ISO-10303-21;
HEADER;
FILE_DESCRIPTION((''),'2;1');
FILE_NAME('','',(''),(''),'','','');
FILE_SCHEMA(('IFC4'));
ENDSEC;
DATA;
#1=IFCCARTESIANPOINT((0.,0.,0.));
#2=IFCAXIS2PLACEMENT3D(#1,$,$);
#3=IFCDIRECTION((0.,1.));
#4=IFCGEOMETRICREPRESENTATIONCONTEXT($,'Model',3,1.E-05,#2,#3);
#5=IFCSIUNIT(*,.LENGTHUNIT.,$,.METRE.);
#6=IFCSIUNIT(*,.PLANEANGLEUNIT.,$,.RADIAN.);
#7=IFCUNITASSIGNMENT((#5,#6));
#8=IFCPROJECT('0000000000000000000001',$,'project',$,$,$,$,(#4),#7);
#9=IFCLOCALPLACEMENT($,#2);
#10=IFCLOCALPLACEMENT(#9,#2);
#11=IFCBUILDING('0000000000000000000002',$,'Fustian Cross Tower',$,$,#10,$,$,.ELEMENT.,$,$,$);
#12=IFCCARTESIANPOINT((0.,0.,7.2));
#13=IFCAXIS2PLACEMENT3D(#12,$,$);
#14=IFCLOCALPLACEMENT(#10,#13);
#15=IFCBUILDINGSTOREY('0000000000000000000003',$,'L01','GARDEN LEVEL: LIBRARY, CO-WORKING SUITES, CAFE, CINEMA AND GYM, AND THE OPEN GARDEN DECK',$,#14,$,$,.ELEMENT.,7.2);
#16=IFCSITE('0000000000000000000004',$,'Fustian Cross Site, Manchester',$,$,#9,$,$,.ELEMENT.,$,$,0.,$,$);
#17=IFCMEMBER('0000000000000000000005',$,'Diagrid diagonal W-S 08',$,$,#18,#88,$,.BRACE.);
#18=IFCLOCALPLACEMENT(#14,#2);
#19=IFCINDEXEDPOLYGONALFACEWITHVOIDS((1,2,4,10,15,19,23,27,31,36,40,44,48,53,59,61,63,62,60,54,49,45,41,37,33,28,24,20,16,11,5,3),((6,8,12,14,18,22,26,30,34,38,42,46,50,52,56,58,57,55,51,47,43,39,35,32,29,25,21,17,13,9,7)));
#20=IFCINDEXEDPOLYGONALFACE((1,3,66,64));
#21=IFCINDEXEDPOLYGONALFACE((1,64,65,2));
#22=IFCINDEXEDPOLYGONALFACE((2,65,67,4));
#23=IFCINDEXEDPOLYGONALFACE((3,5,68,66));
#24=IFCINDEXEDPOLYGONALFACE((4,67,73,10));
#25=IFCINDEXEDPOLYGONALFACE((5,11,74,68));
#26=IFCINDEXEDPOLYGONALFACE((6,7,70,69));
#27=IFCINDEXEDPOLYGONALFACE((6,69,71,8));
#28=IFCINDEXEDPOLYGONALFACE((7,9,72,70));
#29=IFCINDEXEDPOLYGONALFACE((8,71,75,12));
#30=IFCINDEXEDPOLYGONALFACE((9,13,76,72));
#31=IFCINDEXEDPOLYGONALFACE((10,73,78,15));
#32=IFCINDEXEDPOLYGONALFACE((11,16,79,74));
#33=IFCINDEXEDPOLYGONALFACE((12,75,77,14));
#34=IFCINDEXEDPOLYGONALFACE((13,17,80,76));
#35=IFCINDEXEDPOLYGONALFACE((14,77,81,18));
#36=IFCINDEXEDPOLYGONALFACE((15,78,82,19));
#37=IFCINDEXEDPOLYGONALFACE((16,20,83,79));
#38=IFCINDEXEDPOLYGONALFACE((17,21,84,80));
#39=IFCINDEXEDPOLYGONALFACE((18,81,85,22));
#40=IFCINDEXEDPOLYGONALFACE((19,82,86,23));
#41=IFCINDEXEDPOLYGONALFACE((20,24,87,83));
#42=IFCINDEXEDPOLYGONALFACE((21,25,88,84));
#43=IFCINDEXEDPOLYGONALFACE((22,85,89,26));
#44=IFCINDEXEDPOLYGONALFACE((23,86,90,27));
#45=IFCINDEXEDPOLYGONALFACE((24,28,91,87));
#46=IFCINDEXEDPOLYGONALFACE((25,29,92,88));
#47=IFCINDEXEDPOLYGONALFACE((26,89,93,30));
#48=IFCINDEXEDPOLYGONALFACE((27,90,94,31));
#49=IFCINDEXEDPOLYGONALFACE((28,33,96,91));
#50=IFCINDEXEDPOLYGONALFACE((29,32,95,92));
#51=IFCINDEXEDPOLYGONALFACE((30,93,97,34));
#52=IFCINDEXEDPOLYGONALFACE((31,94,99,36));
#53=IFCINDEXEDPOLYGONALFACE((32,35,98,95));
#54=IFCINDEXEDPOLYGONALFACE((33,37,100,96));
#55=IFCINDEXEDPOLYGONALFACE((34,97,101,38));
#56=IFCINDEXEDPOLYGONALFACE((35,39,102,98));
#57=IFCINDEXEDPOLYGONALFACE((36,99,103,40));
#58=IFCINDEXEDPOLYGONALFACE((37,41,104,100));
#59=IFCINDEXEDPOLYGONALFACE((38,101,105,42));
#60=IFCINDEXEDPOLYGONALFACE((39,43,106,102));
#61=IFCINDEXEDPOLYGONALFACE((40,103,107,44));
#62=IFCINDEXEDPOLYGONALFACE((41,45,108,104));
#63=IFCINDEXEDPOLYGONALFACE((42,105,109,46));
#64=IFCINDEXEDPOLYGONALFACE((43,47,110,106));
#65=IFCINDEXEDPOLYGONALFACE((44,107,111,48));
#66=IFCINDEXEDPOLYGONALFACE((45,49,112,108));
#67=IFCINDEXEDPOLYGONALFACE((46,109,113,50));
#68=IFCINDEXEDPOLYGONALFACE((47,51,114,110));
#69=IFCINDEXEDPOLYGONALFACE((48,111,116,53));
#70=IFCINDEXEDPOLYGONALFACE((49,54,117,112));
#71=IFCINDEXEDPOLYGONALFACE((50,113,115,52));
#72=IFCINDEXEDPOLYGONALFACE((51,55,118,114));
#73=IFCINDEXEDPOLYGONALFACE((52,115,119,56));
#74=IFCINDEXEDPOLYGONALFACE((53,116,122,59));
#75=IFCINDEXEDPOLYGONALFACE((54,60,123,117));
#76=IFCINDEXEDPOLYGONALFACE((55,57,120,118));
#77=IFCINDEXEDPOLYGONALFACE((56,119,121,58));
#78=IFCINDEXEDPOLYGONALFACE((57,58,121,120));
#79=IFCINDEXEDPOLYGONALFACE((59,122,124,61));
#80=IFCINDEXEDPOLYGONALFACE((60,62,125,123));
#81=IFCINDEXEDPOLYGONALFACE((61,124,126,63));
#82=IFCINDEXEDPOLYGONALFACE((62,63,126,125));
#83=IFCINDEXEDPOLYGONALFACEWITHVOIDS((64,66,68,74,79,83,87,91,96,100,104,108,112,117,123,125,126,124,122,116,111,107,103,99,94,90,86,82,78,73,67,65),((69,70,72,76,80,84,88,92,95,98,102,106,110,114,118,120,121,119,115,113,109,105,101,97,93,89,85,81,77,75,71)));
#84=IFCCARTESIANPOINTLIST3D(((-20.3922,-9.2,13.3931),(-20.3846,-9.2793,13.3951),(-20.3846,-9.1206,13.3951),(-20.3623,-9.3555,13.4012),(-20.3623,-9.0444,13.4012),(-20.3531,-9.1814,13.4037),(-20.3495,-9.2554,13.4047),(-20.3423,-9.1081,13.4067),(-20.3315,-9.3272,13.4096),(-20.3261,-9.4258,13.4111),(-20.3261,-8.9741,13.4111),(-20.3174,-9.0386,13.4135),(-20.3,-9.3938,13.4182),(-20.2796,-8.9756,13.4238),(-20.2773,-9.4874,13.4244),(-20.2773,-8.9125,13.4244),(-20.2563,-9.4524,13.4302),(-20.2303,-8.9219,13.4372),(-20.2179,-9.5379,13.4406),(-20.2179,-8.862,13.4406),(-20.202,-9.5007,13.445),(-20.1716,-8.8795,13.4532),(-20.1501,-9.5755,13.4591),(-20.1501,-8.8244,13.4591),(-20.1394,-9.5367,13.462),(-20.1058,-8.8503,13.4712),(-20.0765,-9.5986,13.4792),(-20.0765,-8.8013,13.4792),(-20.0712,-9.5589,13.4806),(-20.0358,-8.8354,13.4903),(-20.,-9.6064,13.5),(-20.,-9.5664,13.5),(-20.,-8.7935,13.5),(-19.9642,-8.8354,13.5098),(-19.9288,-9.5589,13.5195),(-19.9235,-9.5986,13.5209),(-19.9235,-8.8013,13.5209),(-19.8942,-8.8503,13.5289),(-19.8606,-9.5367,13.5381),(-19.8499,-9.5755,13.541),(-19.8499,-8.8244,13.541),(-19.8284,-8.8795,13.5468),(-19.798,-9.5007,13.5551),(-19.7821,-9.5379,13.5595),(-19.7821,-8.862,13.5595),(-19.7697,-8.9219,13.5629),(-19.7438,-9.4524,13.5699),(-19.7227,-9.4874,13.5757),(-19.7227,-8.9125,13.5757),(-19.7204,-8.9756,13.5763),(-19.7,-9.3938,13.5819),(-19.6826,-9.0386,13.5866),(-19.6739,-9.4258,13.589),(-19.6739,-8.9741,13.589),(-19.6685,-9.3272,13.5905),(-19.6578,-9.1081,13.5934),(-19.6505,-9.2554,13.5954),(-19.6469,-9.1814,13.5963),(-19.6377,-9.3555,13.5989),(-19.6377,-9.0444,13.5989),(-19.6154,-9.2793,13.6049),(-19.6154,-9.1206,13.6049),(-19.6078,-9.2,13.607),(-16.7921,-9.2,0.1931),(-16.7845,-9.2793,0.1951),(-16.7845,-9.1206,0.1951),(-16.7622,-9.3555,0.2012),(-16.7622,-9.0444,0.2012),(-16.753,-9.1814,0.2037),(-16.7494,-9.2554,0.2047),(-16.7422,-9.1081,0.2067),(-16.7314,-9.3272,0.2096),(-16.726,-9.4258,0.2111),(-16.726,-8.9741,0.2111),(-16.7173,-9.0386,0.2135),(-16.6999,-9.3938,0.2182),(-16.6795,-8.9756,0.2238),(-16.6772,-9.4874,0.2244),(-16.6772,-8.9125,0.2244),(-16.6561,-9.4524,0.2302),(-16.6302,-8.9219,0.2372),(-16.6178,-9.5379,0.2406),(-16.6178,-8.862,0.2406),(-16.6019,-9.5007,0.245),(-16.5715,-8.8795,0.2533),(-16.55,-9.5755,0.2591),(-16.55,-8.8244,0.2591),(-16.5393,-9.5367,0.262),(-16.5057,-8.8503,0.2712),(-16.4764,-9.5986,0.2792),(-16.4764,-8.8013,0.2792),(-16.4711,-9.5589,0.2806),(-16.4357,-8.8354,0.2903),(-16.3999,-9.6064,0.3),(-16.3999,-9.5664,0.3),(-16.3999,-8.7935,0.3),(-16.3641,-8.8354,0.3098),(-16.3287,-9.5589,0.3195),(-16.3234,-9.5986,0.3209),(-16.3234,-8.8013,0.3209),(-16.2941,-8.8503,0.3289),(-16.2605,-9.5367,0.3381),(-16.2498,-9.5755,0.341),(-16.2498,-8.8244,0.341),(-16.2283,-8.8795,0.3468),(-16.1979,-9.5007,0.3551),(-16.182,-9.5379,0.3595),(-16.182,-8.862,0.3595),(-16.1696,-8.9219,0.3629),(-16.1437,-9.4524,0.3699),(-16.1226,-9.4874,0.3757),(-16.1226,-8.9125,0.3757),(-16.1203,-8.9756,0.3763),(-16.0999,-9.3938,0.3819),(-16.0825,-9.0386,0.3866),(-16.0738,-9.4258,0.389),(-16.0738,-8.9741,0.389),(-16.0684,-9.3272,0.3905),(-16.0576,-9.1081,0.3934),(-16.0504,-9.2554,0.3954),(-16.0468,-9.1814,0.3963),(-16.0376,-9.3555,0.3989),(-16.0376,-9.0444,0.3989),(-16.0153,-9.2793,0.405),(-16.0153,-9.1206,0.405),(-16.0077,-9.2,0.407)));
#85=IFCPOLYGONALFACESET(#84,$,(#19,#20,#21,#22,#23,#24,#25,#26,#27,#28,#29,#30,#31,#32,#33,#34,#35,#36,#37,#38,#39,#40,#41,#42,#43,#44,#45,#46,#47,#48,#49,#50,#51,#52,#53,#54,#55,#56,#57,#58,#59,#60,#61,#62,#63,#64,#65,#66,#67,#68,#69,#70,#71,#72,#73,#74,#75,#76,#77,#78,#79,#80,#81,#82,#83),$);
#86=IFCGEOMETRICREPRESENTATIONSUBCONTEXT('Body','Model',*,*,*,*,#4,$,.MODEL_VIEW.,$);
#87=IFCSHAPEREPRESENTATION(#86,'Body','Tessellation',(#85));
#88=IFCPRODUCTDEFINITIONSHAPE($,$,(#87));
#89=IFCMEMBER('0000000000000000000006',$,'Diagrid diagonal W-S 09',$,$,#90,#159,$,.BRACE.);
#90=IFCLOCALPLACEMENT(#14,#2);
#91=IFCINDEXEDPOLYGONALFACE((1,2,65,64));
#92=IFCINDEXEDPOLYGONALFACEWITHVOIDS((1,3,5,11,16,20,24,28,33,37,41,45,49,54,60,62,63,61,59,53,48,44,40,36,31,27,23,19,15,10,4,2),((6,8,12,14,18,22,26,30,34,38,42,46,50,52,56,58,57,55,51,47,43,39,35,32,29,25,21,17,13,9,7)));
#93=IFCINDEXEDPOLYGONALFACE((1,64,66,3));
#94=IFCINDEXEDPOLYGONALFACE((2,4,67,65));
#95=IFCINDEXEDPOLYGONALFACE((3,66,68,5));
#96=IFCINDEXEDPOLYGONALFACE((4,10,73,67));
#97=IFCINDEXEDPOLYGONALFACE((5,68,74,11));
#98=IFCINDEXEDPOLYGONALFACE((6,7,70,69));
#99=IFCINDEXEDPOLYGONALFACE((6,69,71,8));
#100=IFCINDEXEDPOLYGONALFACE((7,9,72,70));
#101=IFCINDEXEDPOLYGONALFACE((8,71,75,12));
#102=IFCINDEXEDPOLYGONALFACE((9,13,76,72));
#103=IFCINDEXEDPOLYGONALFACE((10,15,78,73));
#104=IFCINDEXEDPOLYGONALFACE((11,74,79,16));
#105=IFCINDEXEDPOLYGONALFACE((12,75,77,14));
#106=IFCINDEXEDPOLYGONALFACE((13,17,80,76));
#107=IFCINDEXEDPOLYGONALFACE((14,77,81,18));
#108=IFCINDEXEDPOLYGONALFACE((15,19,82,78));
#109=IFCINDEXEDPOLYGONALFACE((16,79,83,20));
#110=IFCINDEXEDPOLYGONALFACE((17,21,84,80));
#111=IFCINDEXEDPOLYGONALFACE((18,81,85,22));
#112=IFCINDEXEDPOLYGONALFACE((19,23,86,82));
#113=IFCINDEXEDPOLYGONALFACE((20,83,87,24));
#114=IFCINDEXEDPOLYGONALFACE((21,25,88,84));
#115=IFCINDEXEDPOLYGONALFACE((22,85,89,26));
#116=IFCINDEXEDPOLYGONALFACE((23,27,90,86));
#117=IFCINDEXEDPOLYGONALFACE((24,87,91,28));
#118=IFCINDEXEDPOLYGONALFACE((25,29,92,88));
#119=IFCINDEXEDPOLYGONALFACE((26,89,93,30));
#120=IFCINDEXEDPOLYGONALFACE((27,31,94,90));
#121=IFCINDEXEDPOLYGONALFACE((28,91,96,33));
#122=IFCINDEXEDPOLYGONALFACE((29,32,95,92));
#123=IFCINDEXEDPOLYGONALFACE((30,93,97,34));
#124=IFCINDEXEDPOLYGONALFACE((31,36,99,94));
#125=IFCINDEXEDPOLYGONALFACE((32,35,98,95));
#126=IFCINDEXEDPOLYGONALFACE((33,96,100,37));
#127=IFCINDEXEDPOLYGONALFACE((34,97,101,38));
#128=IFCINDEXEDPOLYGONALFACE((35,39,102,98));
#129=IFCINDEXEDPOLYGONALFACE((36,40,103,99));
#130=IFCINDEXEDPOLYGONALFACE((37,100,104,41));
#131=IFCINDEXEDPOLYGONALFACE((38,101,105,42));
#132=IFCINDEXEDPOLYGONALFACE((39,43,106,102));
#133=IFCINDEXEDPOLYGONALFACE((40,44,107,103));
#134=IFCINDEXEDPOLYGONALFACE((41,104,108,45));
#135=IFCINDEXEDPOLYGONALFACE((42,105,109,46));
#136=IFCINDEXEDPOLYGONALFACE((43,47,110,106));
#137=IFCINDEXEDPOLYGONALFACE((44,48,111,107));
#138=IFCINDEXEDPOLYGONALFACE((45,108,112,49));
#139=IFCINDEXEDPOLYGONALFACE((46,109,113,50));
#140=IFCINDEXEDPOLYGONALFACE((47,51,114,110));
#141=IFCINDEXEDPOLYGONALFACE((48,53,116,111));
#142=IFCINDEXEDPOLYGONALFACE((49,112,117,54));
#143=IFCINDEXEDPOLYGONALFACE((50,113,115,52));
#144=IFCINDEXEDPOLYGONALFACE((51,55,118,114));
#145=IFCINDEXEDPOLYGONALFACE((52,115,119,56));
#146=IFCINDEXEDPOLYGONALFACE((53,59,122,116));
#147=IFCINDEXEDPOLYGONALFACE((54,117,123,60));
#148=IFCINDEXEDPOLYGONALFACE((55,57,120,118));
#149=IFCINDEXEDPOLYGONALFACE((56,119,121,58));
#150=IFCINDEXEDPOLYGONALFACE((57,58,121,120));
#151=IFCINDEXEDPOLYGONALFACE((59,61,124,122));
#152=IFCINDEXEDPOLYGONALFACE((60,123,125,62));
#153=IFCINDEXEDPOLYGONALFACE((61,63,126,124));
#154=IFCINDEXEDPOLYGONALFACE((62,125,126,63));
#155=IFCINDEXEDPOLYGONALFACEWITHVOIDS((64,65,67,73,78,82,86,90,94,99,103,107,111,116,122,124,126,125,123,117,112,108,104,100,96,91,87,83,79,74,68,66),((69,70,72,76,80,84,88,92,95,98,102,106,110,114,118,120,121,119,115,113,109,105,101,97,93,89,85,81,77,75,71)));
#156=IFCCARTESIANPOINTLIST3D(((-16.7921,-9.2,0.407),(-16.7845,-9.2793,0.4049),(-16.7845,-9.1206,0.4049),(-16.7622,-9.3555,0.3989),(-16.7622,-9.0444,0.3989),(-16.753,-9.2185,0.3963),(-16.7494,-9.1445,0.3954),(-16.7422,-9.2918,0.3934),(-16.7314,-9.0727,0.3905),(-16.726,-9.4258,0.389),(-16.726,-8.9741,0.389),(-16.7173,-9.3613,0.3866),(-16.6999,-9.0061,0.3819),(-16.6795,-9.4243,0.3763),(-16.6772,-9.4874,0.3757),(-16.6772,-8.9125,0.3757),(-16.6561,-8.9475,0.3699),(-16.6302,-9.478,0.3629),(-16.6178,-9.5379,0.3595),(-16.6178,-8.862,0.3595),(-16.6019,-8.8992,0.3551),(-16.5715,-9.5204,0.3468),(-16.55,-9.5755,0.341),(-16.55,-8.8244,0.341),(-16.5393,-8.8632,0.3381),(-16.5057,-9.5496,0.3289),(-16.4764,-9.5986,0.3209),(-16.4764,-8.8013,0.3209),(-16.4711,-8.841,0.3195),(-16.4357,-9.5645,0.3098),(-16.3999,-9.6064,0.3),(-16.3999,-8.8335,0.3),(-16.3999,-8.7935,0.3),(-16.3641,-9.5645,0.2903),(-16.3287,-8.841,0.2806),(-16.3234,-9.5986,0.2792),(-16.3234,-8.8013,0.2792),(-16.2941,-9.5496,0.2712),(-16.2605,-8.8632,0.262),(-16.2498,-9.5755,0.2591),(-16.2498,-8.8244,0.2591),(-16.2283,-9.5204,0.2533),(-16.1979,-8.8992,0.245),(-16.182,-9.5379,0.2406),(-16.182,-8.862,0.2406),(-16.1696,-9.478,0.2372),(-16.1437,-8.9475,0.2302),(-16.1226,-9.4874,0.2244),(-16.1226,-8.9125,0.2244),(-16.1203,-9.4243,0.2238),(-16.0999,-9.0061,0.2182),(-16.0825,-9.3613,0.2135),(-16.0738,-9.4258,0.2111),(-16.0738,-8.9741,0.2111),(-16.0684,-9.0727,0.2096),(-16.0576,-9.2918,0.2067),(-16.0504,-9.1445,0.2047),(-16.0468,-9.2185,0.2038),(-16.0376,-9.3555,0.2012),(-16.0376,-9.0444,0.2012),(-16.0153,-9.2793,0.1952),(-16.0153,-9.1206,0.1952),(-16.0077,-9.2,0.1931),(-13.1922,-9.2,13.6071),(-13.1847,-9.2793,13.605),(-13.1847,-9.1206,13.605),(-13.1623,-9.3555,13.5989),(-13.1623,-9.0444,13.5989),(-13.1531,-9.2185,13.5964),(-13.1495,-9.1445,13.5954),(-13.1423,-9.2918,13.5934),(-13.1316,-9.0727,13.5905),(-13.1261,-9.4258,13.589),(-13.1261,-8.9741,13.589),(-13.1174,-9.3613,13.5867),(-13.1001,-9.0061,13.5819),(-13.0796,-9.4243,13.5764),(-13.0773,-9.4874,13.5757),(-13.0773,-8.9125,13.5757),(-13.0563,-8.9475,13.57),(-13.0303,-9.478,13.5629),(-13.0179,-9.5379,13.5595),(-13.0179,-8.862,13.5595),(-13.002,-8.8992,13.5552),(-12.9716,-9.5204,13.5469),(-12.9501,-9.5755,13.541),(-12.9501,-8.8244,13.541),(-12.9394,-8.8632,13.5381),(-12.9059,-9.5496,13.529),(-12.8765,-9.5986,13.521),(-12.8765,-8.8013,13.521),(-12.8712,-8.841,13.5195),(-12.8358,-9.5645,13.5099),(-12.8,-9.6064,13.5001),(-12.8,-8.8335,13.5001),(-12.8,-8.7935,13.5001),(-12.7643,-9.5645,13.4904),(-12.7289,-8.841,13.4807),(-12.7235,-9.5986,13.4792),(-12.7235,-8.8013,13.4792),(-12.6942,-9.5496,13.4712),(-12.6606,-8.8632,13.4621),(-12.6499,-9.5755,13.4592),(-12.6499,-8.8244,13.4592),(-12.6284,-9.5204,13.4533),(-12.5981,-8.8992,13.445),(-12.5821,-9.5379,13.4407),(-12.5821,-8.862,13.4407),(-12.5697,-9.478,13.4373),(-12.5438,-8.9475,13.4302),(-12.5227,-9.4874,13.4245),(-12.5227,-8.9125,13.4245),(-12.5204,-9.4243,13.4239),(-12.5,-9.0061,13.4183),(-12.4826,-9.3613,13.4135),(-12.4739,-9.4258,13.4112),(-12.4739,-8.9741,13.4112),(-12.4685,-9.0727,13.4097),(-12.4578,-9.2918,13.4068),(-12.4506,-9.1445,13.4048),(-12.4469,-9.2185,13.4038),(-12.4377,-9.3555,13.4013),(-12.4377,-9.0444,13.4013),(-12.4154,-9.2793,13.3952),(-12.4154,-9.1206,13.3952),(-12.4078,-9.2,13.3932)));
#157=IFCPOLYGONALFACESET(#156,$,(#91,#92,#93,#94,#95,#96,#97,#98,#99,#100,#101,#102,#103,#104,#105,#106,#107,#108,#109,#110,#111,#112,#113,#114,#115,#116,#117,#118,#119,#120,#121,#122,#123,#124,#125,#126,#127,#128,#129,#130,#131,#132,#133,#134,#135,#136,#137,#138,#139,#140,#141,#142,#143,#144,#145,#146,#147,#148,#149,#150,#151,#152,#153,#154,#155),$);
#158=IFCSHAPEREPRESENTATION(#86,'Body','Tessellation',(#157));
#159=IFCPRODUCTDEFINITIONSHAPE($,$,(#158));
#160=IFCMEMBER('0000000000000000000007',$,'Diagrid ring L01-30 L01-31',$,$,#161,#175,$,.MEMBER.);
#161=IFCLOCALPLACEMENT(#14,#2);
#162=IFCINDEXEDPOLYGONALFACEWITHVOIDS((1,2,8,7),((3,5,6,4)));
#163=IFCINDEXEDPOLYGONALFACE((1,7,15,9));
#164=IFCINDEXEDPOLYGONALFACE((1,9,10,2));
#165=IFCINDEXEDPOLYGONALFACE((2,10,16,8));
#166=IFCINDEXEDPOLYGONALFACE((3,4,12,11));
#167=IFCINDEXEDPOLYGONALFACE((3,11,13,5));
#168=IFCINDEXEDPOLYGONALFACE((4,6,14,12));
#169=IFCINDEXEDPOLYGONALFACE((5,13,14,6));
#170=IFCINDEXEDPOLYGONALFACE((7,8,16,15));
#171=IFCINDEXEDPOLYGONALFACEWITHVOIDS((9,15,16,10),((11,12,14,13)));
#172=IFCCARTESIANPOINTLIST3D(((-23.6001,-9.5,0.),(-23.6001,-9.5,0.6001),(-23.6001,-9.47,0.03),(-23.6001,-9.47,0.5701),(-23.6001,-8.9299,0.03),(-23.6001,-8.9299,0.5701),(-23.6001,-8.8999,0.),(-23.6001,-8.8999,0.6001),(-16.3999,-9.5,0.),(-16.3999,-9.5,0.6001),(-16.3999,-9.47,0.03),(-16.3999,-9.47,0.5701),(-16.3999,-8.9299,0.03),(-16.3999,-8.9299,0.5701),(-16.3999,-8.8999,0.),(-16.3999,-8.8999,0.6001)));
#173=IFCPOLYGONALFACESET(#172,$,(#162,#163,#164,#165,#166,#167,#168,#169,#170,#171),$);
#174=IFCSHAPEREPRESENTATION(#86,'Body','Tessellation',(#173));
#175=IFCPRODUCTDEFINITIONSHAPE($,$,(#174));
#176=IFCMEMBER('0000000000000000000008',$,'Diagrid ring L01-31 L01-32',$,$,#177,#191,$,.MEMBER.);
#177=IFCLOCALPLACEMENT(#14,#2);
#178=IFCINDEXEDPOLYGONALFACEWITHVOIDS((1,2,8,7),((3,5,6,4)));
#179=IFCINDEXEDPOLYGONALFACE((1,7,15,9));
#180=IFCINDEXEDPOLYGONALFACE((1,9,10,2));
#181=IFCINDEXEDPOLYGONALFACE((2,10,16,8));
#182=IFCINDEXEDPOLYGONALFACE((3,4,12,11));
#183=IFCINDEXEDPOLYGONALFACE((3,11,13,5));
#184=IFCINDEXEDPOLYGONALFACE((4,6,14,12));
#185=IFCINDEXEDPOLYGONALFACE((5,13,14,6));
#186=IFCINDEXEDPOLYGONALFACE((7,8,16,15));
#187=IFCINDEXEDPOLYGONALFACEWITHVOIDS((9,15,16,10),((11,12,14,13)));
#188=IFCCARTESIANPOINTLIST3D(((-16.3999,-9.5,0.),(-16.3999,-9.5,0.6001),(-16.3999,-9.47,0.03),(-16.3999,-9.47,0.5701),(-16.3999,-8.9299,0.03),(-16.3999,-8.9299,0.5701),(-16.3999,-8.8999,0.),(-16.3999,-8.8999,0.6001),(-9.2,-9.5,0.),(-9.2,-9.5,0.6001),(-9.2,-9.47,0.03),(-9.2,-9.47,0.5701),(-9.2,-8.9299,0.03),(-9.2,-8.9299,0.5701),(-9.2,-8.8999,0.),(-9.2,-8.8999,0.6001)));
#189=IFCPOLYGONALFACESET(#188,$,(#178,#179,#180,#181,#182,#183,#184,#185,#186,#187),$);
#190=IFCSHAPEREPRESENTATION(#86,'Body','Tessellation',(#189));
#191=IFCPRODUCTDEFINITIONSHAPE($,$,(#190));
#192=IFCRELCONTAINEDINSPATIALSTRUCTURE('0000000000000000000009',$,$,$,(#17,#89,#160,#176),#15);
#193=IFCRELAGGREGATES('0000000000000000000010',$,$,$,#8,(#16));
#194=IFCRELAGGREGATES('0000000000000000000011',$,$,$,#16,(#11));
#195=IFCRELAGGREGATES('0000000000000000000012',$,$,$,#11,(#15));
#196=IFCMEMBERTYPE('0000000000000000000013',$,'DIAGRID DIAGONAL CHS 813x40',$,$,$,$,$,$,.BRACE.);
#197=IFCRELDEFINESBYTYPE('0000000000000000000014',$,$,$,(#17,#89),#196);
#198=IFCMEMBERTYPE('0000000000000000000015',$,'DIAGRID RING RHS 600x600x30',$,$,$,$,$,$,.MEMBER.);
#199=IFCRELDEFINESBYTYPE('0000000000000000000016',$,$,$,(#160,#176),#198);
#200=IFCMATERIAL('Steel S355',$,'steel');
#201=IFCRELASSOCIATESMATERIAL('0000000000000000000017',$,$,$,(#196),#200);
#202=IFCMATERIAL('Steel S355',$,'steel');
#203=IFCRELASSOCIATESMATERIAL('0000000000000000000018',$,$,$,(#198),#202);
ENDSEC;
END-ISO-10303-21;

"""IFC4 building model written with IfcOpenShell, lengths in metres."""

from ifc_helpers import new_model, si_unit, direction, frame, origin, origin_2d, place, context, subcontext, project, spatial, hollow_rectangle, hollow_circle, extrude, material, material_profile, profile_set, type_object, element, save


model = new_model("IFC4")

# Units and contexts
model_context = context("Model", 3, precision=1e-05, world=origin(), true_north=direction((0.0, 1.0)))
body_context = subcontext(model_context, "Body", "Model", "MODEL_VIEW")
ifc_project = project(units=[si_unit("LENGTHUNIT", "METRE"), si_unit("PLANEANGLEUNIT", "RADIAN")], contexts=[model_context])

# Site, building, storey
site_placement = place(None, origin())
site = spatial("IfcSite", under=ifc_project, at=site_placement, Name="Fustian Cross Site, Manchester", CompositionType="ELEMENT", RefElevation=0.0)
building_placement = place(site_placement, origin())
building = spatial("IfcBuilding", under=site, at=building_placement, Name="Fustian Cross Tower", CompositionType="ELEMENT")
storey_placement = place(building_placement, frame((0.0, 0.0, 7.2)))
storey = spatial("IfcBuildingStorey", under=building, at=storey_placement, Name="L01", Description="GARDEN LEVEL: LIBRARY, CO-WORKING SUITES, CAFE, CINEMA AND GYM, AND THE OPEN GARDEN DECK", CompositionType="ELEMENT", Elevation=7.2)

# Members
ifc_material_1 = material(Name="Steel S355", Category="steel")
ifc_material_profile_1 = material_profile(ifc_material_1, hollow_circle(Radius=0.4065, WallThickness=0.04, at=origin_2d()), Name="CHS 813x40")
ifc_profile_set_1 = profile_set([ifc_material_profile_1], Name="Steel S355")
member_type_1 = type_object("IfcMemberType", Name="DIAGRID DIAGONAL CHS 813x40", PredefinedType="BRACE", material=ifc_profile_set_1)
for number, where, z_axis, x_axis, name in (
    (1, (-16.3999, -9.2, 0.3), (-0.263125, 0.0, 0.964762), (0.0, -1.0, 0.0), "Diagrid diagonal W-S 08"),
    (2, (-16.3999, -9.2, 0.3), (0.263108, 0.0, 0.964766), (0.0, 1.0, 0.0), "Diagrid diagonal W-S 09"),
):
    element("IfcMember", number, at=place(storey_placement, frame(where, z_axis=z_axis, x_axis=x_axis)), inside=storey, type_object=member_type_1, Name=name, PredefinedType="BRACE", context=body_context, shape_type="SweptSolid", body=[
        extrude(hollow_circle(Radius=0.4065, WallThickness=0.04, at=origin_2d()), origin(), (0.0, 0.0, 1.0), 13.6821),
    ])
ifc_material_2 = material(Name="Steel S355", Category="steel")
ifc_material_profile_2 = material_profile(ifc_material_2, hollow_rectangle(XDim=0.6001, YDim=0.6001, WallThickness=0.03, at=origin_2d()), Name="RHS 600x600x30")
ifc_profile_set_2 = profile_set([ifc_material_profile_2], Name="Steel S355")
member_type_2 = type_object("IfcMemberType", Name="DIAGRID RING RHS 600x600x30", PredefinedType="MEMBER", material=ifc_profile_set_2)
member_1_placement = place(storey_placement, frame((-23.6001, -9.2, 0.3), z_axis=(1.0, 0.0, 0.0), x_axis=(0.0, 1.0, 0.0)))
element("IfcMember", 3, at=member_1_placement, inside=storey, type_object=member_type_2, Name="Diagrid ring L01-30 L01-31", PredefinedType="MEMBER", context=body_context, shape_type="SweptSolid", body=[
    extrude(hollow_rectangle(XDim=0.6001, YDim=0.6001, WallThickness=0.03, at=origin_2d()), origin(), (0.0, 0.0, 1.0), 7.2002),
])
member_2_placement = place(storey_placement, frame((-16.3999, -9.2, 0.3), z_axis=(1.0, 0.0, 0.0), x_axis=(0.0, 1.0, 0.0)))
element("IfcMember", 4, at=member_2_placement, inside=storey, type_object=member_type_2, Name="Diagrid ring L01-31 L01-32", PredefinedType="MEMBER", context=body_context, shape_type="SweptSolid", body=[
    extrude(hollow_rectangle(XDim=0.6001, YDim=0.6001, WallThickness=0.03, at=origin_2d()), origin(), (0.0, 0.0, 1.0), 7.2),
])

save(model, "model.ifc")
